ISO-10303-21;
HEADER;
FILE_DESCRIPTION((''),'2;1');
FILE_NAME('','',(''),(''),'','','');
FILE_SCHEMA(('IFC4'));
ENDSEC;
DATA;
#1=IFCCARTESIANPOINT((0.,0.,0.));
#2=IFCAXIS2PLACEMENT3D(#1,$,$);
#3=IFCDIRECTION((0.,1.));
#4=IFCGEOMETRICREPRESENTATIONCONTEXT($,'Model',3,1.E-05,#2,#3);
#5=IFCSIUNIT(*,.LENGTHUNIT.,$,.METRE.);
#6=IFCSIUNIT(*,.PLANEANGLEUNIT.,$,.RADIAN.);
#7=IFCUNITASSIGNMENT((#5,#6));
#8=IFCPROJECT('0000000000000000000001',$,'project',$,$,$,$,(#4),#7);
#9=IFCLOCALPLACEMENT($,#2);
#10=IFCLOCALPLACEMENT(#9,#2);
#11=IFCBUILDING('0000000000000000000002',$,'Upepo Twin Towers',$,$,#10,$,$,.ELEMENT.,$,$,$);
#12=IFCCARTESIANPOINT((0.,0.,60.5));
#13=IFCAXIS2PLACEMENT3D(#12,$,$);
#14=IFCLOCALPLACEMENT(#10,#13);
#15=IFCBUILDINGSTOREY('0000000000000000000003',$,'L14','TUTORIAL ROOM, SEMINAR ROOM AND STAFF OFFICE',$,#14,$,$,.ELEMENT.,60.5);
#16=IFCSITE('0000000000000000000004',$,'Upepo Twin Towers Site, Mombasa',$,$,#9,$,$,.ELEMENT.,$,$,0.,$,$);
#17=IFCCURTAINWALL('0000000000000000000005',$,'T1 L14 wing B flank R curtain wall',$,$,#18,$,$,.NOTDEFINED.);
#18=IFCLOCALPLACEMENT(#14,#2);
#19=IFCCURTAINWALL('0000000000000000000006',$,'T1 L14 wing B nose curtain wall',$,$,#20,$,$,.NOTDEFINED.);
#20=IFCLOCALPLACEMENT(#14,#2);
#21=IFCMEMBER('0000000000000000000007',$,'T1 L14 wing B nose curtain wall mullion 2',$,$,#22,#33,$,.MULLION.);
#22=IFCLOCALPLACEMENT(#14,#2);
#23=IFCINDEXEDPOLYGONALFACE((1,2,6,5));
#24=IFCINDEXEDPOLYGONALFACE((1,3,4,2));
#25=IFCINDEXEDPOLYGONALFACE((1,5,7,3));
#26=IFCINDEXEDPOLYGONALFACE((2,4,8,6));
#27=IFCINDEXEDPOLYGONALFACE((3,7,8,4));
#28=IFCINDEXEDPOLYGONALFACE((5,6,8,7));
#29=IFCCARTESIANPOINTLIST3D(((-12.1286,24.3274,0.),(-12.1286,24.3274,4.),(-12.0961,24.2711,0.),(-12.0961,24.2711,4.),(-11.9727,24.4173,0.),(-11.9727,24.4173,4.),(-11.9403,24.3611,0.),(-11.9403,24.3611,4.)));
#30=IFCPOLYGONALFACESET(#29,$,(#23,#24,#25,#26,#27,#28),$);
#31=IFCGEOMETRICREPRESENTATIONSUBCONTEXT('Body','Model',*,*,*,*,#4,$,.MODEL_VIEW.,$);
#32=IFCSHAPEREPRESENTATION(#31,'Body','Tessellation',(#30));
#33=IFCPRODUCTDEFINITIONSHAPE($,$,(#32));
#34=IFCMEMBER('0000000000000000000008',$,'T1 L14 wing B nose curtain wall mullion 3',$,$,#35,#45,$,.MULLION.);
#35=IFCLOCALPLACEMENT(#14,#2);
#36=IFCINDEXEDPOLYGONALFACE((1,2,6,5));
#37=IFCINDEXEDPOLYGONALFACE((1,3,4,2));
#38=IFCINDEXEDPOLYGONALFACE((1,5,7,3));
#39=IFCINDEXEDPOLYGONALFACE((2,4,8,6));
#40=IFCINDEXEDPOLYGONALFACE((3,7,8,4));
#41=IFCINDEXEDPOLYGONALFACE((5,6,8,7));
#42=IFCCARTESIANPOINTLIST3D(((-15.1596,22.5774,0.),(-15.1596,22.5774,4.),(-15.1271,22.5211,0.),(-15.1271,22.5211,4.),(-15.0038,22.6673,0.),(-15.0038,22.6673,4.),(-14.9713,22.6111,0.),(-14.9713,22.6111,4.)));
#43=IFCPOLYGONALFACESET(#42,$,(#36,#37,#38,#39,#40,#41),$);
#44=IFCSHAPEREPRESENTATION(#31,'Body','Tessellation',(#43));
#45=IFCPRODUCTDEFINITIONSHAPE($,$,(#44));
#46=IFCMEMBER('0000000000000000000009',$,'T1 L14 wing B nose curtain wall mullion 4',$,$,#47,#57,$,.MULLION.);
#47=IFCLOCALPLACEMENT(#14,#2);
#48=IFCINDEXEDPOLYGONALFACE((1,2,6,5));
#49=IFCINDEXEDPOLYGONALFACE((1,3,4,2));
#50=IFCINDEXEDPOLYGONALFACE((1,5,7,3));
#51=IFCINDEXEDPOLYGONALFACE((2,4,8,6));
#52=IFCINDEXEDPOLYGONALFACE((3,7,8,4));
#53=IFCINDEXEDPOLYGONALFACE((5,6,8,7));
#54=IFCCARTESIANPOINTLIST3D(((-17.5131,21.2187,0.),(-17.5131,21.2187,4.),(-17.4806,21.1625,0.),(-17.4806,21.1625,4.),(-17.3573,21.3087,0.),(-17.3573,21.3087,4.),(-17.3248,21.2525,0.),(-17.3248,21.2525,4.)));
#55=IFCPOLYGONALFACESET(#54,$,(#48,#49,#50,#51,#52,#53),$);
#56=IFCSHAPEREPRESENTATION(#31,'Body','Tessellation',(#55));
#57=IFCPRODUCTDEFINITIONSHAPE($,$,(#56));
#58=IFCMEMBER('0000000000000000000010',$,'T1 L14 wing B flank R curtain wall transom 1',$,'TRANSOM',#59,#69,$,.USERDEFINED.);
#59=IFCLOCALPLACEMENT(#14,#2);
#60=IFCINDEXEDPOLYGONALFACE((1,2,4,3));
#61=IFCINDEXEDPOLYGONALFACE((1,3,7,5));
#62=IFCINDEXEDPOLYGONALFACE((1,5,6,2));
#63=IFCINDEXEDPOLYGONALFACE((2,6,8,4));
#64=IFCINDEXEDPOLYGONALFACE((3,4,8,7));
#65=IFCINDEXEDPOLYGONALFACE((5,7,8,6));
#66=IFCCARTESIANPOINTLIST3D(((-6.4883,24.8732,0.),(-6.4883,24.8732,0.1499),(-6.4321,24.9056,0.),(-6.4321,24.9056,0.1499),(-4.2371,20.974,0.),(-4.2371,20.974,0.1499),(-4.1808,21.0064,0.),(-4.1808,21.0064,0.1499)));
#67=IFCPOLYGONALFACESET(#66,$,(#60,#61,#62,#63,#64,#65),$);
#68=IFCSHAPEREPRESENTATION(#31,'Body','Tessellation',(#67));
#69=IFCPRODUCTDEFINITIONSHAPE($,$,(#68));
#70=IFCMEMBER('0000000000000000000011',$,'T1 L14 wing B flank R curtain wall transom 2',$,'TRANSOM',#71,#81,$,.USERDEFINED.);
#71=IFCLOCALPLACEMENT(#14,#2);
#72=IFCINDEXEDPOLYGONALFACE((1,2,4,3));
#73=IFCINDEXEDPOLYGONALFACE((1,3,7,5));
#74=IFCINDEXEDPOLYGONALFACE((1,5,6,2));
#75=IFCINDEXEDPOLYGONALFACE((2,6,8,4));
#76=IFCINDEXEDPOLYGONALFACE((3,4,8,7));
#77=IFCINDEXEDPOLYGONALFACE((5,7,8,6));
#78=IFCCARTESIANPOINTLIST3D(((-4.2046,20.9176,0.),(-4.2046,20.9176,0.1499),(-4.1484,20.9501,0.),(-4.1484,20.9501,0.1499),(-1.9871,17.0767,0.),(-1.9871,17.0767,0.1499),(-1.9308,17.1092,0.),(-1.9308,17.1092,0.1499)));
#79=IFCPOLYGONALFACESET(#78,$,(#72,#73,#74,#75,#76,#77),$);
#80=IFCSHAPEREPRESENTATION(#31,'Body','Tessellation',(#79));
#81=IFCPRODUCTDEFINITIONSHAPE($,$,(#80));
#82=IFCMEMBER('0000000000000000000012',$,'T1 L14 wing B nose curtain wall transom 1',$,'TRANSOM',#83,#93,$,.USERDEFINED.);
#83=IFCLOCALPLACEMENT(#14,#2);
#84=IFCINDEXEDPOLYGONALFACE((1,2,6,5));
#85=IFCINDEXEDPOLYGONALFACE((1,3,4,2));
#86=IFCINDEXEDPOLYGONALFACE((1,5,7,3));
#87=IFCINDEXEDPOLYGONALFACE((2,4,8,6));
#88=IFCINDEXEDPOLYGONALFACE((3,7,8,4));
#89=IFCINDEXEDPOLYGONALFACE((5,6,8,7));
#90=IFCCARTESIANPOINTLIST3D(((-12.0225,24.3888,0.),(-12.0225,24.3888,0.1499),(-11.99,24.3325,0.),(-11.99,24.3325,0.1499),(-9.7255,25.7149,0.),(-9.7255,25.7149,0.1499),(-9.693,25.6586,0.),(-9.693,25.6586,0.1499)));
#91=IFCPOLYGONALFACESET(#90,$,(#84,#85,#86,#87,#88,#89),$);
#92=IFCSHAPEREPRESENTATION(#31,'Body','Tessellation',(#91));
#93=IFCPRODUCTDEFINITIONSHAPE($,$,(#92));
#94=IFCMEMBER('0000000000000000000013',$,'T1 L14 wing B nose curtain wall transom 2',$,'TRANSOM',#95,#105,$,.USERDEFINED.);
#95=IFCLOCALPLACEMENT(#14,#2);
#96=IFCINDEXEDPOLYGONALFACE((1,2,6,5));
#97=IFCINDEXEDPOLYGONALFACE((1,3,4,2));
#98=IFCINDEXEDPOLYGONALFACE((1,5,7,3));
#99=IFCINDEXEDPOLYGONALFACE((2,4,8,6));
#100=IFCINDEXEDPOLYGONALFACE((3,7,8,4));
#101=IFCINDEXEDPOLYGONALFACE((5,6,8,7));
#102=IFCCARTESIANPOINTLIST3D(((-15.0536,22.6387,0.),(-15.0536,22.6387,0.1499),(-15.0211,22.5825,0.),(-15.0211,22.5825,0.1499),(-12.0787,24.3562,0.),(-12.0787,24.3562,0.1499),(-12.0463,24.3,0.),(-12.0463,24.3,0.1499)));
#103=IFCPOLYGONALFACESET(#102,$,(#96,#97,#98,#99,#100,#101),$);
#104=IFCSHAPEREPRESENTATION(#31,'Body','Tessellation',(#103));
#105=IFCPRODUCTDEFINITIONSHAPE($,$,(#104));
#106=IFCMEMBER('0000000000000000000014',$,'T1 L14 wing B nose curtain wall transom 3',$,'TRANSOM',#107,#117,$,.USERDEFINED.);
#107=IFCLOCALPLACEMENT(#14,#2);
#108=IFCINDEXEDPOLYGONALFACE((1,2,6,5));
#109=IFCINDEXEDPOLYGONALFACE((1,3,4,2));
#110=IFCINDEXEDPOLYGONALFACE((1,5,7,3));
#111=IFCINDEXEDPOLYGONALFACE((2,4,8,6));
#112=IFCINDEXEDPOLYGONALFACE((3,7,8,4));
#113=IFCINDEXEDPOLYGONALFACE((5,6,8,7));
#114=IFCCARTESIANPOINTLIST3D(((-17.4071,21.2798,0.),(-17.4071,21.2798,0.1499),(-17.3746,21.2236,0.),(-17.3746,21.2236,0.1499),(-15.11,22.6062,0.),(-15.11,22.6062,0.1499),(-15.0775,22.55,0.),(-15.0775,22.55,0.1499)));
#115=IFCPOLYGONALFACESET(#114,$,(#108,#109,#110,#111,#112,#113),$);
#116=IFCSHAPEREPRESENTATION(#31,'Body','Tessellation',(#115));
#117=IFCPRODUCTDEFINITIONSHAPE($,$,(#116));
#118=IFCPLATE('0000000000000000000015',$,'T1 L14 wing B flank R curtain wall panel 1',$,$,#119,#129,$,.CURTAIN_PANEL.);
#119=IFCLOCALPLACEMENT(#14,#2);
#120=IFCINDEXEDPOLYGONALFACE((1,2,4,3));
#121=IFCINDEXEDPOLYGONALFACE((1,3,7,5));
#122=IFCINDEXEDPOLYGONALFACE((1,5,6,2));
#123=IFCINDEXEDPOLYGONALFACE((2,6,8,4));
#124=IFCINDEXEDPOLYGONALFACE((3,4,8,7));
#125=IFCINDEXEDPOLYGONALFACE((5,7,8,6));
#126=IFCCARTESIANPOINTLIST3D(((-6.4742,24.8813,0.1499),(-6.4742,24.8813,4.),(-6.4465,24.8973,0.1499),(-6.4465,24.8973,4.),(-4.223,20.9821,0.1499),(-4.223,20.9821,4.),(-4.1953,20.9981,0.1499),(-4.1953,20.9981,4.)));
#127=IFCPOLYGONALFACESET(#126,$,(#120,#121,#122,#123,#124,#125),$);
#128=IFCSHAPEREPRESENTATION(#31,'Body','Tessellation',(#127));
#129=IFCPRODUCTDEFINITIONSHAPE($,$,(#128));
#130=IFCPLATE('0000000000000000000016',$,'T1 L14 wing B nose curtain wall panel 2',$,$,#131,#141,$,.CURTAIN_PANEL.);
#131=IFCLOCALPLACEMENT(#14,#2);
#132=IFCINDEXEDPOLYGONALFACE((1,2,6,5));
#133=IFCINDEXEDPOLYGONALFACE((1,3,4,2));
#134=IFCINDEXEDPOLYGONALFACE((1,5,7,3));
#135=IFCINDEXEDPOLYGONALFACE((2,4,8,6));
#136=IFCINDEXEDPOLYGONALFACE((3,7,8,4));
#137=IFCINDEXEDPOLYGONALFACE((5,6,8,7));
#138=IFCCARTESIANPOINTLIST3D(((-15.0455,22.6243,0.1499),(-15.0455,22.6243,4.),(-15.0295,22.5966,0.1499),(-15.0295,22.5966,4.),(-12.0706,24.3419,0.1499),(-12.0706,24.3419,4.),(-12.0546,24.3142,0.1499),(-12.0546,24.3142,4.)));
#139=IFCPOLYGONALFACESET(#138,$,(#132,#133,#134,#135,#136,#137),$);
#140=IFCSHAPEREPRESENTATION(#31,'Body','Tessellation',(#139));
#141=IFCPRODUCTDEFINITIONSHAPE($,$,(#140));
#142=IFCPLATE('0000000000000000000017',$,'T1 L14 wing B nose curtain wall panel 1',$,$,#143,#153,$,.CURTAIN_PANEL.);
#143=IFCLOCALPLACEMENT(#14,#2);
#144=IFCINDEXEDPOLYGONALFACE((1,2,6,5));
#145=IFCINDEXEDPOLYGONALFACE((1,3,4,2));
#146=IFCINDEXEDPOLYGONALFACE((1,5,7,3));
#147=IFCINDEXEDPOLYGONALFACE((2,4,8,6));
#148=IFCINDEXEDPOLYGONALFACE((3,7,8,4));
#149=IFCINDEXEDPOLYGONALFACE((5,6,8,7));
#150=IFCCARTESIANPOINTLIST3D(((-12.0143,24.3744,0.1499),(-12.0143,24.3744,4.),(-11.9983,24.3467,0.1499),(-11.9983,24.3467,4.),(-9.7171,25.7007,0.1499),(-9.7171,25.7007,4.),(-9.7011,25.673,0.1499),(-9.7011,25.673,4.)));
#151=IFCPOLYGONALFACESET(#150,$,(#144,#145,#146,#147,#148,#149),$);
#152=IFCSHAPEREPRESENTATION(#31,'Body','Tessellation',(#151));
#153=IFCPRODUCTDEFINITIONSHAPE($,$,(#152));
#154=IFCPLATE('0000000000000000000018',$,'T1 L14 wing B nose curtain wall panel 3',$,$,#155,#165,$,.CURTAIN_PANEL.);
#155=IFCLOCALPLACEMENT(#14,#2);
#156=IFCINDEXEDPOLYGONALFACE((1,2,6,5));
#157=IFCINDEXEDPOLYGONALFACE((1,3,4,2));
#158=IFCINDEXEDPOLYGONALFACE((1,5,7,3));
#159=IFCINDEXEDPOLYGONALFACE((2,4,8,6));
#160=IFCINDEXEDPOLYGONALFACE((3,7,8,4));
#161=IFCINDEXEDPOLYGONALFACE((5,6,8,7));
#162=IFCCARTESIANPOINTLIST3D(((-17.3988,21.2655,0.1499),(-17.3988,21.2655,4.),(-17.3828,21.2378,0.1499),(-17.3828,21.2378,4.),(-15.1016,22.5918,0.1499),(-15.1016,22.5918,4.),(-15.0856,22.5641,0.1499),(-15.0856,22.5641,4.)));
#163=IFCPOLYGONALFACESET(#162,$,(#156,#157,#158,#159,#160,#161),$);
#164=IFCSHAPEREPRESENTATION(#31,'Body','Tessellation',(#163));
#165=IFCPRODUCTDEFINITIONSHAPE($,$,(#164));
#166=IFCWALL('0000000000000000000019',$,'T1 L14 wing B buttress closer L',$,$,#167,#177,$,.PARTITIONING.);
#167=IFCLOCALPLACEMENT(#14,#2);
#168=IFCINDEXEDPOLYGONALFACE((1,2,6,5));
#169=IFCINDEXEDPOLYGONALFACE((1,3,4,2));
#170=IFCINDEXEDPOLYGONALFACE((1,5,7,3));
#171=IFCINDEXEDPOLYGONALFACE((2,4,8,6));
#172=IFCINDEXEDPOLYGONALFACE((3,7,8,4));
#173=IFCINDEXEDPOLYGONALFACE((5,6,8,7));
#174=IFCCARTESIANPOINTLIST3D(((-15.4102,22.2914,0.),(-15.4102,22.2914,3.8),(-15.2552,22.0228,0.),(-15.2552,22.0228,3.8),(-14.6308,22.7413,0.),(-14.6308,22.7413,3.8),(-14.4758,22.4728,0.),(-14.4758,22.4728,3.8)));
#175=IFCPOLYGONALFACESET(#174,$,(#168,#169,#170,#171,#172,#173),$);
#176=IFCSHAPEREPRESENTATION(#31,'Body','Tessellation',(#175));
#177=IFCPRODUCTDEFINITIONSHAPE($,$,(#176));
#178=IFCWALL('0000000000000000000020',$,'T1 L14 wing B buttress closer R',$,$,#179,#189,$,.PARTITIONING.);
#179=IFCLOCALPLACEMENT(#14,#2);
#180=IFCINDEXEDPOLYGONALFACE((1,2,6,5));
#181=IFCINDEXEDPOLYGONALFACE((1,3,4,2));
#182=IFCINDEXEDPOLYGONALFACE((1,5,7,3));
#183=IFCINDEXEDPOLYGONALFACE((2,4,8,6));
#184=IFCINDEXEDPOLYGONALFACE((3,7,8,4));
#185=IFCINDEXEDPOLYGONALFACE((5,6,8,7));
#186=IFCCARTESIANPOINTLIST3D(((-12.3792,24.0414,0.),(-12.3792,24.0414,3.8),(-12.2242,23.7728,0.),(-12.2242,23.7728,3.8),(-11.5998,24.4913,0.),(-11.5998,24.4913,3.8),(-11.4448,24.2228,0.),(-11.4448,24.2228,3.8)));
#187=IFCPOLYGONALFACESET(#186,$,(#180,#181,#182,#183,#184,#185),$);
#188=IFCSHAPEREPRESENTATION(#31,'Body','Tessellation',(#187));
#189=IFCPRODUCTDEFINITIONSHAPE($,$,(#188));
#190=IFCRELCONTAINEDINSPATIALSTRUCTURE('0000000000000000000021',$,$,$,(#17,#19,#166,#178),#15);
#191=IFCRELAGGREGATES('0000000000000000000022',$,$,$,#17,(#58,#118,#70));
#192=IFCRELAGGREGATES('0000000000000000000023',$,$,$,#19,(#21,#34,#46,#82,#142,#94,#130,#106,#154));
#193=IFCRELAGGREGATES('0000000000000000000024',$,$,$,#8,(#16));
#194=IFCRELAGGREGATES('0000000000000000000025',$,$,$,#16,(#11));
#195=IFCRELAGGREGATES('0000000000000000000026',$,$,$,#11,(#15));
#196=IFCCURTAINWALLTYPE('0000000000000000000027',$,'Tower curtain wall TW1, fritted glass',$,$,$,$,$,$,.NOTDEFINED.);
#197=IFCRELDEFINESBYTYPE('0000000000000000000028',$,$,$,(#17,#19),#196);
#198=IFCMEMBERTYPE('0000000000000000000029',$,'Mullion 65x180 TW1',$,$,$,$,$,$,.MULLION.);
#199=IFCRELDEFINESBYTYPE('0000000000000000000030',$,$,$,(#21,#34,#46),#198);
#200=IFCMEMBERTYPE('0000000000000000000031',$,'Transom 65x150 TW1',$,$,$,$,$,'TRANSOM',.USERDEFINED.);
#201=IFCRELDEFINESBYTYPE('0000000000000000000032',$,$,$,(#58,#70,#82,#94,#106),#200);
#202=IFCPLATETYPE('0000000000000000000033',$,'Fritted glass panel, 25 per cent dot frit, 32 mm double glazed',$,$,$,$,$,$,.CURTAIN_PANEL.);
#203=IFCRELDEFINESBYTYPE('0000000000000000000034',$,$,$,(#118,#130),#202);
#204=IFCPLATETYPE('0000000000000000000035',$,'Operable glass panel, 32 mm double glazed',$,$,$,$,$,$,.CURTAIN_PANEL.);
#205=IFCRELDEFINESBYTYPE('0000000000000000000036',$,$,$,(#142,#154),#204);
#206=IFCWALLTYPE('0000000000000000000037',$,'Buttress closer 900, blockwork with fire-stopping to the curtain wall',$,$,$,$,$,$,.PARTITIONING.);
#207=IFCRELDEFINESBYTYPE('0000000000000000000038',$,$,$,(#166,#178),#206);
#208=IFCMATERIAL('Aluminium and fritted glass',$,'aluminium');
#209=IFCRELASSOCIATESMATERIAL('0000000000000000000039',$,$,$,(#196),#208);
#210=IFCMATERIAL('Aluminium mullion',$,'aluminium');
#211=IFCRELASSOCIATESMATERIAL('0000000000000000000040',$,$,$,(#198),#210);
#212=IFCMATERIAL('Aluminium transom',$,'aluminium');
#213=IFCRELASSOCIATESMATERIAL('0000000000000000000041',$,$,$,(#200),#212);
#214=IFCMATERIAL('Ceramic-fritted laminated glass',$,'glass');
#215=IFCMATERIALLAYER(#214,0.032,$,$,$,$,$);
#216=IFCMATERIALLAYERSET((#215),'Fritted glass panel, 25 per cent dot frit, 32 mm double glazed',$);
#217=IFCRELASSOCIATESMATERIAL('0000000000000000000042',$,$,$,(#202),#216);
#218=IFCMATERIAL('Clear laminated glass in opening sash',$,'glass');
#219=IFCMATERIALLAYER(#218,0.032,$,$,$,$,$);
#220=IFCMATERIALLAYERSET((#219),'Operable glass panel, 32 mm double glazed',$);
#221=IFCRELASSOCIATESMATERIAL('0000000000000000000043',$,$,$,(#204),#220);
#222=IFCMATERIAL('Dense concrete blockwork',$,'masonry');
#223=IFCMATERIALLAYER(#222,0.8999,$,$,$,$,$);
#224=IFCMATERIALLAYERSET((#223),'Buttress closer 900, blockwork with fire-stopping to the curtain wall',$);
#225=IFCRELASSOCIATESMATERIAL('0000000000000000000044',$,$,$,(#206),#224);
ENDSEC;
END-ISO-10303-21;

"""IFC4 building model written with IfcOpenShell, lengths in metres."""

from ifc_helpers import new_model, si_unit, direction, frame, frame_2d, origin, origin_2d, place, context, subcontext, project, spatial, rectangle, extrude, material, layer, layer_set, material_profile, profile_set, type_object, element, aggregate, save


model = new_model("IFC4")

# Units and contexts
model_context = context("Model", 3, precision=1e-05, world=origin(), true_north=direction((0.0, 1.0)))
body_context = subcontext(model_context, "Body", "Model", "MODEL_VIEW")
ifc_project = project(units=[si_unit("LENGTHUNIT", "METRE"), si_unit("PLANEANGLEUNIT", "RADIAN")], contexts=[model_context])

# Site, building, storey
site_placement = place(None, origin())
site = spatial("IfcSite", under=ifc_project, at=site_placement, Name="Upepo Twin Towers Site, Mombasa", CompositionType="ELEMENT", RefElevation=0.0)
building_placement = place(site_placement, origin())
building = spatial("IfcBuilding", under=site, at=building_placement, Name="Upepo Twin Towers", CompositionType="ELEMENT")
storey_placement = place(building_placement, frame((0.0, 0.0, 60.5)))
storey = spatial("IfcBuildingStorey", under=building, at=storey_placement, Name="L14", Description="TUTORIAL ROOM, SEMINAR ROOM AND STAFF OFFICE", CompositionType="ELEMENT", Elevation=60.5)

# Shared definitions
ifc_material_1 = material(Name="Aluminium and fritted glass", Category="aluminium")
curtain_wall_type = type_object("IfcCurtainWallType", Name="Tower curtain wall TW1, fritted glass", PredefinedType="NOTDEFINED", material=ifc_material_1)
ifc_material_2 = material(Name="Aluminium mullion", Category="aluminium")
ifc_material_profile_1 = material_profile(ifc_material_2, rectangle(XDim=0.0649, YDim=0.1799, at=origin_2d()), Name="MULLION 65x180")
ifc_profile_set_1 = profile_set([ifc_material_profile_1], Name="Aluminium mullion")
member_type_1 = type_object("IfcMemberType", Name="Mullion 65x180 TW1", PredefinedType="MULLION", material=ifc_profile_set_1)

# Curtain walls, members
curtain_wall_1_placement = place(storey_placement, origin())
curtain_wall_1 = element("IfcCurtainWall", 1, at=curtain_wall_1_placement, inside=storey, type_object=curtain_wall_type, Name="T1 L14 wing B flank R curtain wall", PredefinedType="NOTDEFINED")
curtain_wall_2_placement = place(storey_placement, origin())
curtain_wall_2 = element("IfcCurtainWall", 2, at=curtain_wall_2_placement, inside=storey, type_object=curtain_wall_type, Name="T1 L14 wing B nose curtain wall", PredefinedType="NOTDEFINED")
member_1_placement = place(storey_placement, frame((-12.0344, 24.3442, 0.0), z_axis=(0.0, 0.0, 1.0), x_axis=(0.5, -0.866025, 0.0)))
member_1 = element("IfcMember", 3, at=member_1_placement, type_object=member_type_1, Name="T1 L14 wing B nose curtain wall mullion 2", PredefinedType="MULLION", context=body_context, shape_type="SweptSolid", body=[
    extrude(rectangle(XDim=0.0649, YDim=0.1799, at=origin_2d()), origin(), (0.0, 0.0, 1.0), 4.0),
])
member_2_placement = place(storey_placement, frame((-15.0654, 22.5942, 0.0), z_axis=(0.0, 0.0, 1.0), x_axis=(0.5, -0.866025, 0.0)))
member_2 = element("IfcMember", 4, at=member_2_placement, type_object=member_type_1, Name="T1 L14 wing B nose curtain wall mullion 3", PredefinedType="MULLION", context=body_context, shape_type="SweptSolid", body=[
    extrude(rectangle(XDim=0.0649, YDim=0.1799, at=origin_2d()), origin(), (0.0, 0.0, 1.0), 4.0),
])
member_3_placement = place(storey_placement, frame((-17.4189, 21.2356, 0.0), z_axis=(0.0, 0.0, 1.0), x_axis=(0.5, -0.866025, 0.0)))
member_3 = element("IfcMember", 5, at=member_3_placement, type_object=member_type_1, Name="T1 L14 wing B nose curtain wall mullion 4", PredefinedType="MULLION", context=body_context, shape_type="SweptSolid", body=[
    extrude(rectangle(XDim=0.0649, YDim=0.1799, at=origin_2d()), origin(), (0.0, 0.0, 1.0), 4.0),
])

# Members
ifc_material_3 = material(Name="Aluminium transom", Category="aluminium")
ifc_material_profile_2 = material_profile(ifc_material_3, rectangle(XDim=0.0649, YDim=0.1499, at=origin_2d()), Name="TRANSOM 65x150")
ifc_profile_set_2 = profile_set([ifc_material_profile_2], Name="Aluminium transom")
member_type_2 = type_object("IfcMemberType", Name="Transom 65x150 TW1", ElementType="TRANSOM", PredefinedType="USERDEFINED", material=ifc_profile_set_2)
member_4_placement = place(storey_placement, frame((-6.4602, 24.8894, 0.075), z_axis=(0.500006, -0.866022, 0.0), x_axis=(0.866022, 0.500006, 0.0)))
member_4 = element("IfcMember", 6, at=member_4_placement, type_object=member_type_2, Name="T1 L14 wing B flank R curtain wall transom 1", ObjectType="TRANSOM", PredefinedType="USERDEFINED", context=body_context, shape_type="SweptSolid", body=[
    extrude(rectangle(XDim=0.0649, YDim=0.1499, at=origin_2d()), origin(), (0.0, 0.0, 1.0), 4.5024),
])
member_5_placement = place(storey_placement, frame((-4.1765, 20.9338, 0.075), z_axis=(0.500005, -0.866022, 0.0), x_axis=(0.866022, 0.500005, 0.0)))
member_5 = element("IfcMember", 7, at=member_5_placement, type_object=member_type_2, Name="T1 L14 wing B flank R curtain wall transom 2", ObjectType="TRANSOM", PredefinedType="USERDEFINED", context=body_context, shape_type="SweptSolid", body=[
    extrude(rectangle(XDim=0.0649, YDim=0.1499, at=origin_2d()), origin(), (0.0, 0.0, 1.0), 4.4351),
])
member_6_placement = place(storey_placement, frame((-9.7092, 25.6868, 0.075), z_axis=(-0.866037, -0.49998, 0.0), x_axis=(0.49998, -0.866037, 0.0)))
member_6 = element("IfcMember", 8, at=member_6_placement, type_object=member_type_2, Name="T1 L14 wing B nose curtain wall transom 1", ObjectType="TRANSOM", PredefinedType="USERDEFINED", context=body_context, shape_type="SweptSolid", body=[
    extrude(rectangle(XDim=0.0649, YDim=0.1499, at=origin_2d()), origin(), (0.0, 0.0, 1.0), 2.6523),
])
member_7_placement = place(storey_placement, frame((-12.0625, 24.3281, 0.075), z_axis=(-0.866026, -0.499999, 0.0), x_axis=(0.499999, -0.866026, 0.0)))
member_7 = element("IfcMember", 9, at=member_7_placement, type_object=member_type_2, Name="T1 L14 wing B nose curtain wall transom 2", ObjectType="TRANSOM", PredefinedType="USERDEFINED", context=body_context, shape_type="SweptSolid", body=[
    extrude(rectangle(XDim=0.0649, YDim=0.1499, at=origin_2d()), origin(), (0.0, 0.0, 1.0), 3.4351),
])
member_8_placement = place(storey_placement, frame((-15.0938, 22.5781, 0.075), z_axis=(-0.865997, -0.500049, 0.0), x_axis=(0.500049, -0.865997, 0.0)))
member_8 = element("IfcMember", 10, at=member_8_placement, type_object=member_type_2, Name="T1 L14 wing B nose curtain wall transom 3", ObjectType="TRANSOM", PredefinedType="USERDEFINED", context=body_context, shape_type="SweptSolid", body=[
    extrude(rectangle(XDim=0.0649, YDim=0.1499, at=origin_2d()), origin(), (0.0, 0.0, 1.0), 2.6526),
])

# Plates
ifc_material_4 = material(Name="Ceramic-fritted laminated glass", Category="glass")
ifc_layer_1 = layer(ifc_material_4, 0.032)
ifc_layer_set_1 = layer_set([ifc_layer_1], Name="Fritted glass panel, 25 per cent dot frit, 32 mm double glazed")
plate_type_1 = type_object("IfcPlateType", Name="Fritted glass panel, 25 per cent dot frit, 32 mm double glazed", PredefinedType="CURTAIN_PANEL", material=ifc_layer_set_1)
plate_1_placement = place(storey_placement, frame((-5.3347, 22.9397, 0.1499), z_axis=(0.0, 0.0, 1.0), x_axis=(0.5, -0.866025, 0.0)))
plate_1 = element("IfcPlate", 11, at=plate_1_placement, type_object=plate_type_1, Name="T1 L14 wing B flank R curtain wall panel 1", PredefinedType="CURTAIN_PANEL", context=body_context, shape_type="SweptSolid", body=[
    extrude(rectangle(XDim=4.5024, YDim=0.032, at=origin_2d()), origin(), (0.0, 0.0, 1.0), 3.8501),
])
aggregate(curtain_wall_1, [member_4, plate_1, member_5])
plate_2_placement = place(storey_placement, frame((-13.55, 23.4692, 0.1499), z_axis=(0.0, 0.0, 1.0), x_axis=(-0.866025, -0.5, 0.0)))
plate_2 = element("IfcPlate", 12, at=plate_2_placement, type_object=plate_type_1, Name="T1 L14 wing B nose curtain wall panel 2", PredefinedType="CURTAIN_PANEL", context=body_context, shape_type="SweptSolid", body=[
    extrude(rectangle(XDim=3.4351, YDim=0.032, at=origin_2d()), origin(), (0.0, 0.0, 1.0), 3.8501),
])
ifc_material_5 = material(Name="Clear laminated glass in opening sash", Category="glass")
ifc_layer_2 = layer(ifc_material_5, 0.032)
ifc_layer_set_2 = layer_set([ifc_layer_2], Name="Operable glass panel, 32 mm double glazed")
plate_type_2 = type_object("IfcPlateType", Name="Operable glass panel, 32 mm double glazed", PredefinedType="CURTAIN_PANEL", material=ifc_layer_set_2)
plate_3_placement = place(storey_placement, frame((-10.8577, 25.0237, 0.1499), z_axis=(0.0, 0.0, 1.0), x_axis=(-0.866025, -0.5, 0.0)))
plate_3 = element("IfcPlate", 13, at=plate_3_placement, type_object=plate_type_2, Name="T1 L14 wing B nose curtain wall panel 1", PredefinedType="CURTAIN_PANEL", context=body_context, shape_type="SweptSolid", body=[
    extrude(rectangle(XDim=2.6526, YDim=0.032, at=origin_2d()), origin(), (0.0, 0.0, 1.0), 3.8501),
])
plate_4_placement = place(storey_placement, frame((-16.2422, 21.9148, 0.1499), z_axis=(0.0, 0.0, 1.0), x_axis=(-0.866025, -0.5, 0.0)))
plate_4 = element("IfcPlate", 14, at=plate_4_placement, type_object=plate_type_2, Name="T1 L14 wing B nose curtain wall panel 3", PredefinedType="CURTAIN_PANEL", context=body_context, shape_type="SweptSolid", body=[
    extrude(rectangle(XDim=2.6526, YDim=0.032, at=origin_2d()), origin(), (0.0, 0.0, 1.0), 3.8501),
])
aggregate(curtain_wall_2, [member_1, member_2, member_3, member_6, plate_3, member_7, plate_2, member_8, plate_4])

# Walls
ifc_material_6 = material(Name="Dense concrete blockwork", Category="masonry")
ifc_layer_3 = layer(ifc_material_6, 0.8999)
ifc_layer_set_3 = layer_set([ifc_layer_3], Name="Buttress closer 900, blockwork with fire-stopping to the curtain wall")
wall_type_1 = type_object("IfcWallType", Name="Buttress closer 900, blockwork with fire-stopping to the curtain wall", PredefinedType="PARTITIONING", material=ifc_layer_set_3)
for number, where, z_axis, x_axis, name in (
    (15, (-14.8655, 22.2478, 0.0), (0.0, 0.0, 1.0), (-0.49995, 0.866054, 0.0), "T1 L14 wing B buttress closer L"),
    (16, (-11.8345, 23.9978, 0.0), (0.0, 0.0, 1.0), (-0.49995, 0.866054, 0.0), "T1 L14 wing B buttress closer R"),
):
    element("IfcWall", number, at=place(storey_placement, frame(where, z_axis=z_axis, x_axis=x_axis)), inside=storey, type_object=wall_type_1, Name=name, PredefinedType="PARTITIONING", context=body_context, shape_type="SweptSolid", body=[
        extrude(rectangle(XDim=0.3101, YDim=0.8999, at=frame_2d((0.155, 0.0))), origin(), (0.0, 0.0, 1.0), 3.8),
    ])

save(model, "model.ifc")
